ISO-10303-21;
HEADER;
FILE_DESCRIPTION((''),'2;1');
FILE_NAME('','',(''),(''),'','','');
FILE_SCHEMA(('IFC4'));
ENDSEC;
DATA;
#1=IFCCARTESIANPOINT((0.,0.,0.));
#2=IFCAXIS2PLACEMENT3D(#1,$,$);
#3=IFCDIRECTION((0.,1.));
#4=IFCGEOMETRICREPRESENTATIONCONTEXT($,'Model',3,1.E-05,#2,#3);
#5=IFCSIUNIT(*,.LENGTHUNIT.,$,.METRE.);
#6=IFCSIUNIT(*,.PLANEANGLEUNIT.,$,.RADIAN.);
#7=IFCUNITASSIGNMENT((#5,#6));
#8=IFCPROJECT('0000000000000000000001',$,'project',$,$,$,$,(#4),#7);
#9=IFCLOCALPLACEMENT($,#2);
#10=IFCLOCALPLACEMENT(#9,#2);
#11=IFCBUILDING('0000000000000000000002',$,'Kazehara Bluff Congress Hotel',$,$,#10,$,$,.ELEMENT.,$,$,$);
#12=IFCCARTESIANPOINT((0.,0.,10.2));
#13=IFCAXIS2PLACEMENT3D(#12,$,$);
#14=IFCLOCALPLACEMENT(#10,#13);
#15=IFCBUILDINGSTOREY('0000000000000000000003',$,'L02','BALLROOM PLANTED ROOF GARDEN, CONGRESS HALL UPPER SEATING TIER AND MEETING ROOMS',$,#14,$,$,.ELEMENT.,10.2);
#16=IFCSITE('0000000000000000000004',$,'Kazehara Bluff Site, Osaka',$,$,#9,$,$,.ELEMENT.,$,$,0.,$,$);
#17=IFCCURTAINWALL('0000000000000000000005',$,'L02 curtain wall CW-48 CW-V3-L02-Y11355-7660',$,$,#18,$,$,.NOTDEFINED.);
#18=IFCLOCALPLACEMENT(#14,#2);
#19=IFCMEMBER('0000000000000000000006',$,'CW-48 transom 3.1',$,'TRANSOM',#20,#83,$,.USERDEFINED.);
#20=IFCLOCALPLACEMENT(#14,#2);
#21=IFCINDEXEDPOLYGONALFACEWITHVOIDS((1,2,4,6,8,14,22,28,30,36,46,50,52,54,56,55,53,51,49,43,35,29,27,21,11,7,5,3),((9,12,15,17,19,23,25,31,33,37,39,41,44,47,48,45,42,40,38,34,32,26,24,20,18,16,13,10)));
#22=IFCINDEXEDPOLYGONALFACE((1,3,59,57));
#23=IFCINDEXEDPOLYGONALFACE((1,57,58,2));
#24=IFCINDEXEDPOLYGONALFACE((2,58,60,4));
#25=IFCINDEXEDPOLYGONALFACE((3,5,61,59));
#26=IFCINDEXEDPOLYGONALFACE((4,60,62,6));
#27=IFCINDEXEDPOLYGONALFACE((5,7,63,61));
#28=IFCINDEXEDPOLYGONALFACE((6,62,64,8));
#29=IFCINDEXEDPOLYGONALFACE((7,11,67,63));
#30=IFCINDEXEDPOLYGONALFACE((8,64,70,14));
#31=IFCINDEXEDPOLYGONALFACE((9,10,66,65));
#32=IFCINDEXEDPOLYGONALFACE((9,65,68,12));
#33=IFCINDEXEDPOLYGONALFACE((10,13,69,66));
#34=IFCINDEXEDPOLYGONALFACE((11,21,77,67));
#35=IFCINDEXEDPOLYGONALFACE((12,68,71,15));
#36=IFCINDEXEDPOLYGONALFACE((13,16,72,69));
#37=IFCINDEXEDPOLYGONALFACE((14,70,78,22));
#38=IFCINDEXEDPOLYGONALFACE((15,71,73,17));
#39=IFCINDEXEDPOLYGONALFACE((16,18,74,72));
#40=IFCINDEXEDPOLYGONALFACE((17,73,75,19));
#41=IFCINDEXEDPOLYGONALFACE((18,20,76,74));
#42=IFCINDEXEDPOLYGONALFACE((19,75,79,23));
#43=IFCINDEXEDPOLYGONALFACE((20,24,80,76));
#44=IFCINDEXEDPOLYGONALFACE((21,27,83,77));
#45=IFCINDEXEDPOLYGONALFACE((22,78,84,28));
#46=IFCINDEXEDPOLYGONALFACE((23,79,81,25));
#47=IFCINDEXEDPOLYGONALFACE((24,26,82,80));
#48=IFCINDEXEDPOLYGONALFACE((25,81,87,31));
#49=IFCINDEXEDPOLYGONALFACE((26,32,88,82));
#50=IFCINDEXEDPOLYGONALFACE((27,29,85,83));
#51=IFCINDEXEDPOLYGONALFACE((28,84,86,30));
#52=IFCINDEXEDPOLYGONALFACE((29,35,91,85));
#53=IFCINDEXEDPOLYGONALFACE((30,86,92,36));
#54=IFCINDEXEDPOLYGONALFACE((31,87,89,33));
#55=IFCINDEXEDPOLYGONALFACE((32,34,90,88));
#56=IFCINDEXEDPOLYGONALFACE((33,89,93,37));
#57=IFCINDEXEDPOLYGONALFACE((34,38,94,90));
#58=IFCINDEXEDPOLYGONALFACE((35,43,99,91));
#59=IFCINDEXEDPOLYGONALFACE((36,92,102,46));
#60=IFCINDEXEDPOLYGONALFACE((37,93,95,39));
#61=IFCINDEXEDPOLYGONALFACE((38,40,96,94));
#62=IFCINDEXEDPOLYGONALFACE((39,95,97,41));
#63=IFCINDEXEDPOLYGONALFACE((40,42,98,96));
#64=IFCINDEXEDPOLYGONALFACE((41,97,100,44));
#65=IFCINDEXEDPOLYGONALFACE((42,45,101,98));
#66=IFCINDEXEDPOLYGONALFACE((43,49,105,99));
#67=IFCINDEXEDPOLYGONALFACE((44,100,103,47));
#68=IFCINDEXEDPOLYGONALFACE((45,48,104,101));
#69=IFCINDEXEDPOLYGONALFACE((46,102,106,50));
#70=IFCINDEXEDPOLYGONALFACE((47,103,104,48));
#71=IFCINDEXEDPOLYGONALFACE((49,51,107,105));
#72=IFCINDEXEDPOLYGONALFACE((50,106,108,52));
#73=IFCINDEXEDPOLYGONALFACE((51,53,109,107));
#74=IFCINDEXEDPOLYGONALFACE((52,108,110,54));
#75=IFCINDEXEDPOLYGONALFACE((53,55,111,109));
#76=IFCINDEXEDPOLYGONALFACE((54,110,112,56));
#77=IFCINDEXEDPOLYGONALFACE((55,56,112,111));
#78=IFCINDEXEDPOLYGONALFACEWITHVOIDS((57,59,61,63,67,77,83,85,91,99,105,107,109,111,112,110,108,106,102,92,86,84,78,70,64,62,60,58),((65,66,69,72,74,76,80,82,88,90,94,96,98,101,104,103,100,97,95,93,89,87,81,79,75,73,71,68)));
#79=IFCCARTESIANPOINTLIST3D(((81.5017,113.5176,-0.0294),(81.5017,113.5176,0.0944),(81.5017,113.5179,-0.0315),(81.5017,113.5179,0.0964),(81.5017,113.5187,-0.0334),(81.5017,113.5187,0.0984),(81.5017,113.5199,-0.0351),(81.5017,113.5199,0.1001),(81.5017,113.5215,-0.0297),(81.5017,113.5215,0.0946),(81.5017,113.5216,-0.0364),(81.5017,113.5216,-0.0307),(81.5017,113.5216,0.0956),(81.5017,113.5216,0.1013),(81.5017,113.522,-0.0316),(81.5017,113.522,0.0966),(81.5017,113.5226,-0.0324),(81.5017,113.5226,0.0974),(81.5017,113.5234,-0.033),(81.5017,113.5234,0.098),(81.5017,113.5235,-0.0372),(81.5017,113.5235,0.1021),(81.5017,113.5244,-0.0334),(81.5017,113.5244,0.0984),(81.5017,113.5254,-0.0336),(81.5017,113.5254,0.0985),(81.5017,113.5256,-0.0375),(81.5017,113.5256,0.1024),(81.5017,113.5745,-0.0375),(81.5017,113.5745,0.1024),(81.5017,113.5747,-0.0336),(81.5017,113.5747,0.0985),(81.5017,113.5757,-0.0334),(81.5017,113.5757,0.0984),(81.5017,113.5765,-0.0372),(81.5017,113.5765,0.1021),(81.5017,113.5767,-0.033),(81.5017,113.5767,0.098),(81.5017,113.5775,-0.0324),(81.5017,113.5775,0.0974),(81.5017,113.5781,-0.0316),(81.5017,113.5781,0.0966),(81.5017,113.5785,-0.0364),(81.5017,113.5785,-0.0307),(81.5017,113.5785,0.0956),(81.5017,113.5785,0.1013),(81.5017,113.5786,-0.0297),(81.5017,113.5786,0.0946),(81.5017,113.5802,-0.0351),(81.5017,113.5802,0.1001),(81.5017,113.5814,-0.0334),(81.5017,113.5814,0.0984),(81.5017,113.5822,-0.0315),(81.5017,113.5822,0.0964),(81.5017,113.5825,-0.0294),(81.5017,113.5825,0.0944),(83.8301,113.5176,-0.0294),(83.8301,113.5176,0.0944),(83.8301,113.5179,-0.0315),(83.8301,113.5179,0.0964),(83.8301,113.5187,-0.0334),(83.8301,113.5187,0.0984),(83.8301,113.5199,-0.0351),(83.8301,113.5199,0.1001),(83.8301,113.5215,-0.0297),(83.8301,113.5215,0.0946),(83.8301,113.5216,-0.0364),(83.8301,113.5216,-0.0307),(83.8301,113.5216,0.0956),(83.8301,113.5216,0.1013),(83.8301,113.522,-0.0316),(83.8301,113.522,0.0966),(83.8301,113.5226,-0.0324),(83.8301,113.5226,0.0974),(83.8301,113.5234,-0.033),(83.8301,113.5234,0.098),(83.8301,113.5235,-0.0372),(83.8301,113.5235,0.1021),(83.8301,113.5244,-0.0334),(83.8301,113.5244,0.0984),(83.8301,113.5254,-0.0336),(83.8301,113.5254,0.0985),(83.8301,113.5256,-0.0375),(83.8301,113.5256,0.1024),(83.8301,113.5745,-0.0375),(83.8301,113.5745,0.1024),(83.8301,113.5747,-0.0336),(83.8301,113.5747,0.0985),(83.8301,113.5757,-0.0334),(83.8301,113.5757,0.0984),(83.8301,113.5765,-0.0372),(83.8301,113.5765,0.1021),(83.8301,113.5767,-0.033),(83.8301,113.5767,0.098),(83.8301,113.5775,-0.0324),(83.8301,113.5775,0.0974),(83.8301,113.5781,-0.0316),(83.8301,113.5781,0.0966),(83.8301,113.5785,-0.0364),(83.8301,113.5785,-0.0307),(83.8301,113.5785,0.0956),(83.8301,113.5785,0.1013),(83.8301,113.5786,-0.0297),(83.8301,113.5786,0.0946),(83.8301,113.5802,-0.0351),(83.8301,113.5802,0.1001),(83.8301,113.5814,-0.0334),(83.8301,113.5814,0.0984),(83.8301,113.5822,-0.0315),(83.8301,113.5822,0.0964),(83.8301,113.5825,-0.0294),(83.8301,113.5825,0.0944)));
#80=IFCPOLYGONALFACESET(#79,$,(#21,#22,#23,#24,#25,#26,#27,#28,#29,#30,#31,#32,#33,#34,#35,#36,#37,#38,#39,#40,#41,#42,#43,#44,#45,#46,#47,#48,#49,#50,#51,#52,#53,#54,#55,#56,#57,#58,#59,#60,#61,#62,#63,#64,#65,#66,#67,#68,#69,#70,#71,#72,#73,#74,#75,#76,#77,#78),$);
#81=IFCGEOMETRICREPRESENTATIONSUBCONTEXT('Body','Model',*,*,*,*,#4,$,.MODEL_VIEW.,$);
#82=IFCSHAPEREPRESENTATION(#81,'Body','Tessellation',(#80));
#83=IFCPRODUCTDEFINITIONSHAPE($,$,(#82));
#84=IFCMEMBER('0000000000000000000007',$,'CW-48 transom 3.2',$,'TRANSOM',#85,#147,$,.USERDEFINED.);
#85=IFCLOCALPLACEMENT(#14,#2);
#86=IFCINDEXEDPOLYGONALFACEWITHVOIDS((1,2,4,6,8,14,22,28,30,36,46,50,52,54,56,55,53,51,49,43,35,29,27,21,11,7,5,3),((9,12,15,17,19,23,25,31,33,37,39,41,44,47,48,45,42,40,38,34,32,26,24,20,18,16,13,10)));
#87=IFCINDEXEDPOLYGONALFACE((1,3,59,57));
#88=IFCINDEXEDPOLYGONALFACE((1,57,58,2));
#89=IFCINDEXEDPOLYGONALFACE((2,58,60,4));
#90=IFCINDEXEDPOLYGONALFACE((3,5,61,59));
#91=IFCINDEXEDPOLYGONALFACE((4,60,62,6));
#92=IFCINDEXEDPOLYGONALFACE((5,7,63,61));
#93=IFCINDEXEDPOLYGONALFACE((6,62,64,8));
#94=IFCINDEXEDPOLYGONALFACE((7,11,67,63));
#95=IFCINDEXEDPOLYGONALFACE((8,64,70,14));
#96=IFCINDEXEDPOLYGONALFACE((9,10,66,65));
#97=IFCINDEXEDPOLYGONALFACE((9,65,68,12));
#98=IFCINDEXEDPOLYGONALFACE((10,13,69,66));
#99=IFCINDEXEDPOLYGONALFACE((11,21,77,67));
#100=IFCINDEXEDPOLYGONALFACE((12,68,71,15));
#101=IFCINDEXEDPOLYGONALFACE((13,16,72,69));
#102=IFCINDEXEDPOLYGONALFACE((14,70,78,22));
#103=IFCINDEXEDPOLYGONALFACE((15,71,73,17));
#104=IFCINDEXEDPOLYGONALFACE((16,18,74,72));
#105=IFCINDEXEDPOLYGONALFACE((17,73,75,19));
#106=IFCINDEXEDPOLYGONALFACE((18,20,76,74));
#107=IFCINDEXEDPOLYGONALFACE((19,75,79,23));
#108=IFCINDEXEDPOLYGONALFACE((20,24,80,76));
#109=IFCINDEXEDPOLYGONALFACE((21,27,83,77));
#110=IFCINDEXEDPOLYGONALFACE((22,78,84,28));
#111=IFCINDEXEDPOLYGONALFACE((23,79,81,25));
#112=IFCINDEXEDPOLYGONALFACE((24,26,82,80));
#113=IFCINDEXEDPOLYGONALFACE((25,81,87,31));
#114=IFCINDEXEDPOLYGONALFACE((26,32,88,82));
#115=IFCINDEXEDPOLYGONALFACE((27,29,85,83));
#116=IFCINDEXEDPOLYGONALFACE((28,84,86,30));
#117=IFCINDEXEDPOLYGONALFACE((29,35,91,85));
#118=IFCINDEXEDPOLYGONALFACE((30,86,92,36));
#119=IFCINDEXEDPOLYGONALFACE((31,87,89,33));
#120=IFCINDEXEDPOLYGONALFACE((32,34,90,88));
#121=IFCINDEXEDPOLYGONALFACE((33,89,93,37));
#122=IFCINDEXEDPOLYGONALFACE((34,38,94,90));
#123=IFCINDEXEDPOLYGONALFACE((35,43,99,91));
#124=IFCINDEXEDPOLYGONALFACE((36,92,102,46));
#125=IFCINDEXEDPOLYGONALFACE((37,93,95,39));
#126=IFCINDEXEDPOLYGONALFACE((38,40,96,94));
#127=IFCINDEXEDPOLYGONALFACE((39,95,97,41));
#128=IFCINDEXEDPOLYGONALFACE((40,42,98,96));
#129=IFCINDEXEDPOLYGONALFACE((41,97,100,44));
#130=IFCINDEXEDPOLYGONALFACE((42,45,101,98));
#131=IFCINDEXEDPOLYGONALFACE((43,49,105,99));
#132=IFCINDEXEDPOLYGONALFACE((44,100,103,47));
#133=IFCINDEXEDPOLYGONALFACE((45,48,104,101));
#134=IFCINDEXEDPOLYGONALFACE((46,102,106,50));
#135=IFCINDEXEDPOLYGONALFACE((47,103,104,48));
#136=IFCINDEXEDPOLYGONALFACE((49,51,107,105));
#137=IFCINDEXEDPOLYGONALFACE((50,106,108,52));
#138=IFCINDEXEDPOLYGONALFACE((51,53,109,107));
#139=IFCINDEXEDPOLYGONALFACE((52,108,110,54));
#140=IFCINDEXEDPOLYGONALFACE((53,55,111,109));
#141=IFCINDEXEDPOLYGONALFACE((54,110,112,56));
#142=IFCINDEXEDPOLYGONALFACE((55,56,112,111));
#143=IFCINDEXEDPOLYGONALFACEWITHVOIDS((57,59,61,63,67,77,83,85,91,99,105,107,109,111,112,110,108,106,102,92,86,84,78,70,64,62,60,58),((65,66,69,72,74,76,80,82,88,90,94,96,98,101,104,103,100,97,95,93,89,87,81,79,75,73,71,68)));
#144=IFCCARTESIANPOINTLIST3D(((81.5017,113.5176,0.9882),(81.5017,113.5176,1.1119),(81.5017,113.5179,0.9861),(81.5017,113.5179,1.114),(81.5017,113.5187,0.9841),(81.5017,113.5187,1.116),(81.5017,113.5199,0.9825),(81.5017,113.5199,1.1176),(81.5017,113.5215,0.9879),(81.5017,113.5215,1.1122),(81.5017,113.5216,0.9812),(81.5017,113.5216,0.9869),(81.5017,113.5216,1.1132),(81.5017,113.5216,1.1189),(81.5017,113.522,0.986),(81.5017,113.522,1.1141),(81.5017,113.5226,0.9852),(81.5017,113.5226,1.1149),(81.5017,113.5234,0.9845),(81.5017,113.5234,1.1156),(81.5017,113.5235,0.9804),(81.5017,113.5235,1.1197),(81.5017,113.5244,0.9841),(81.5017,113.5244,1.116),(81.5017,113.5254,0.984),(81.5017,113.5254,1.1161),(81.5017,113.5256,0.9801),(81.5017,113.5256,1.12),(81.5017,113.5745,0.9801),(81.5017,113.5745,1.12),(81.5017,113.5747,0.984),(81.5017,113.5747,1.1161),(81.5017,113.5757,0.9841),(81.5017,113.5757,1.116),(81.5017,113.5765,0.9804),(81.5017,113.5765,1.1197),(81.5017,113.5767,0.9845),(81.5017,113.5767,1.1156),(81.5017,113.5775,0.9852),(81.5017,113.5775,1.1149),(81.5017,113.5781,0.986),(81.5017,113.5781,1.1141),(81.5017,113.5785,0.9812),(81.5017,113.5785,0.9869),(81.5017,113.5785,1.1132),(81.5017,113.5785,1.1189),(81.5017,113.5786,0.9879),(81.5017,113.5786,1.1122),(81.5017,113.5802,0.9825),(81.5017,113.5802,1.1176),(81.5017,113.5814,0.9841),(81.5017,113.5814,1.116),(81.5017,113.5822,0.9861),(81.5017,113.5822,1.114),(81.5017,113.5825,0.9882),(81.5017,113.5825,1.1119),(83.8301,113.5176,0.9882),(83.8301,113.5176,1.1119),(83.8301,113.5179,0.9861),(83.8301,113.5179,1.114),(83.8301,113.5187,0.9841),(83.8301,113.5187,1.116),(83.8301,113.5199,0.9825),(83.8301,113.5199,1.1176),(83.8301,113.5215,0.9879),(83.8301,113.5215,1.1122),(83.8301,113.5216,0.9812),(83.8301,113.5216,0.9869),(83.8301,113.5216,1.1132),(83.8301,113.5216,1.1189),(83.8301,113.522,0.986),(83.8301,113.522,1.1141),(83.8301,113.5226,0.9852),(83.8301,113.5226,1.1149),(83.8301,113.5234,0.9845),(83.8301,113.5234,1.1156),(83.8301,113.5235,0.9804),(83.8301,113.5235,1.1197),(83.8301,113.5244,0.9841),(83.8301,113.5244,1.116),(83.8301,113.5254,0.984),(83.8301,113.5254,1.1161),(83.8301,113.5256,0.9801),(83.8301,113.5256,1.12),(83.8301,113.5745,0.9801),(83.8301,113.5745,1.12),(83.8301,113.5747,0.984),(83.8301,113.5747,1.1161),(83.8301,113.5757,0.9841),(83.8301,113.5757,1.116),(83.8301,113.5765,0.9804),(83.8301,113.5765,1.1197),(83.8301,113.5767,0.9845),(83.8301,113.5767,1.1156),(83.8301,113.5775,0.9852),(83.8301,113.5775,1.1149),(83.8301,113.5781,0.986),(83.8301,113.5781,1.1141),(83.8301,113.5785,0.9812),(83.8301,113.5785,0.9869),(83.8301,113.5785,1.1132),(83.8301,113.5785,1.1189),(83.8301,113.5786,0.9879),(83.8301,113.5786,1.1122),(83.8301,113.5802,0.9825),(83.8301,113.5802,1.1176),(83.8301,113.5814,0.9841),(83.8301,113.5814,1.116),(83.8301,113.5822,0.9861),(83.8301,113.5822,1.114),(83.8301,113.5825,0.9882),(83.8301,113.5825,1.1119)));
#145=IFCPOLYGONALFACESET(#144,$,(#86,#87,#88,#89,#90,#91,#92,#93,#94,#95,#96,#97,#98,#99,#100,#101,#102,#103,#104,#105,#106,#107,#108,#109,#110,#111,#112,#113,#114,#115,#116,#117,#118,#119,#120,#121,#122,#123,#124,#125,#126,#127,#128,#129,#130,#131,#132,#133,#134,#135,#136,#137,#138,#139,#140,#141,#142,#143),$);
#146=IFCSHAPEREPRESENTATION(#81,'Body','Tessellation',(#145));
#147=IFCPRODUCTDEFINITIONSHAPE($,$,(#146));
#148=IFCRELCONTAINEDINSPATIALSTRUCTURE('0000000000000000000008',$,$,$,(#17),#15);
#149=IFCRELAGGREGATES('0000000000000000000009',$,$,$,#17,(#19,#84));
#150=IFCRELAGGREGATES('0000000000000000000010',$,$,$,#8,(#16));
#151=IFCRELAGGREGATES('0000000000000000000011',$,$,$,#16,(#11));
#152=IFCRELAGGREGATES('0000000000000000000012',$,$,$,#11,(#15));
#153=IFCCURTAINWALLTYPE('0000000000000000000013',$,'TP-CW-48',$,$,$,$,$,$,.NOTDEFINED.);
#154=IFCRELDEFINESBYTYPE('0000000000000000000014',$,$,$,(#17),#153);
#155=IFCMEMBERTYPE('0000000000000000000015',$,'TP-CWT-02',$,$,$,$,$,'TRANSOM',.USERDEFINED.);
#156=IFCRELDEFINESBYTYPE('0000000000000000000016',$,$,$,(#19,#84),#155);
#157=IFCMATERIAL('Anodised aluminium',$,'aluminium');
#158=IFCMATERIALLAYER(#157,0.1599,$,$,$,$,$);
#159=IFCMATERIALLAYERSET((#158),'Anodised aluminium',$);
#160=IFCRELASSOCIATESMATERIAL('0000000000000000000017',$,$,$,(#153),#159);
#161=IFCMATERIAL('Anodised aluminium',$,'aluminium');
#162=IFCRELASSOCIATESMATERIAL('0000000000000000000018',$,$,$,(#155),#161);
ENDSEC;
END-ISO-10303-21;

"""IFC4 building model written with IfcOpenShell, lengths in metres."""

from ifc_helpers import new_model, si_unit, direction, frame, origin, origin_2d, place, context, subcontext, project, spatial, hollow_rectangle, extrude, material, layer, layer_set, material_profile, profile_set, type_object, element, aggregate, save


model = new_model("IFC4")

# Units and contexts
model_context = context("Model", 3, precision=1e-05, world=origin(), true_north=direction((0.0, 1.0)))
body_context = subcontext(model_context, "Body", "Model", "MODEL_VIEW")
ifc_project = project(units=[si_unit("LENGTHUNIT", "METRE"), si_unit("PLANEANGLEUNIT", "RADIAN")], contexts=[model_context])

# Site, building, storey
site_placement = place(None, origin())
site = spatial("IfcSite", under=ifc_project, at=site_placement, Name="Kazehara Bluff Site, Osaka", CompositionType="ELEMENT", RefElevation=0.0)
building_placement = place(site_placement, origin())
building = spatial("IfcBuilding", under=site, at=building_placement, Name="Kazehara Bluff Congress Hotel", CompositionType="ELEMENT")
storey_placement = place(building_placement, frame((0.0, 0.0, 10.2)))
storey = spatial("IfcBuildingStorey", under=building, at=storey_placement, Name="L02", Description="BALLROOM PLANTED ROOF GARDEN, CONGRESS HALL UPPER SEATING TIER AND MEETING ROOMS", CompositionType="ELEMENT", Elevation=10.2)

# Curtain wall, members
ifc_material_1 = material(Name="Anodised aluminium", Category="aluminium")
ifc_layer_1 = layer(ifc_material_1, 0.1599)
ifc_layer_set_1 = layer_set([ifc_layer_1], Name="Anodised aluminium")
curtain_wall_type = type_object("IfcCurtainWallType", Name="TP-CW-48", PredefinedType="NOTDEFINED", material=ifc_layer_set_1)
curtain_wall_placement = place(storey_placement, origin())
curtain_wall = element("IfcCurtainWall", 1, at=curtain_wall_placement, inside=storey, type_object=curtain_wall_type, Name="L02 curtain wall CW-48 CW-V3-L02-Y11355-7660", PredefinedType="NOTDEFINED")
ifc_material_2 = material(Name="Anodised aluminium", Category="aluminium")
ifc_material_profile_1 = material_profile(ifc_material_2, hollow_rectangle(XDim=0.0649, YDim=0.1399, WallThickness=0.0039, InnerFilletRadius=0.0039, OuterFilletRadius=0.0081, at=origin_2d()))
ifc_profile_set_1 = profile_set([ifc_material_profile_1], Name="Anodised aluminium")
member_type_1 = type_object("IfcMemberType", Name="TP-CWT-02", ElementType="TRANSOM", PredefinedType="USERDEFINED", material=ifc_profile_set_1)
member_1_placement = place(storey_placement, frame((81.5017, 113.55, 0.0325), z_axis=(1.0, 0.0, 0.0), x_axis=(0.0, 1.0, 0.0)))
member_1 = element("IfcMember", 2, at=member_1_placement, type_object=member_type_1, Name="CW-48 transom 3.1", ObjectType="TRANSOM", PredefinedType="USERDEFINED", context=body_context, shape_type="SweptSolid", body=[
    extrude(hollow_rectangle(XDim=0.0649, YDim=0.1399, WallThickness=0.0039, InnerFilletRadius=0.0039, OuterFilletRadius=0.0081, at=origin_2d()), origin(), (0.0, 0.0, 1.0), 2.3284),
])
member_2_placement = place(storey_placement, frame((81.5017, 113.55, 1.05), z_axis=(1.0, 0.0, 0.0), x_axis=(0.0, 1.0, 0.0)))
member_2 = element("IfcMember", 3, at=member_2_placement, type_object=member_type_1, Name="CW-48 transom 3.2", ObjectType="TRANSOM", PredefinedType="USERDEFINED", context=body_context, shape_type="SweptSolid", body=[
    extrude(hollow_rectangle(XDim=0.0649, YDim=0.1399, WallThickness=0.0039, InnerFilletRadius=0.0039, OuterFilletRadius=0.0081, at=origin_2d()), origin(), (0.0, 0.0, 1.0), 2.3284),
])
aggregate(curtain_wall, [member_1, member_2])

save(model, "model.ifc")
